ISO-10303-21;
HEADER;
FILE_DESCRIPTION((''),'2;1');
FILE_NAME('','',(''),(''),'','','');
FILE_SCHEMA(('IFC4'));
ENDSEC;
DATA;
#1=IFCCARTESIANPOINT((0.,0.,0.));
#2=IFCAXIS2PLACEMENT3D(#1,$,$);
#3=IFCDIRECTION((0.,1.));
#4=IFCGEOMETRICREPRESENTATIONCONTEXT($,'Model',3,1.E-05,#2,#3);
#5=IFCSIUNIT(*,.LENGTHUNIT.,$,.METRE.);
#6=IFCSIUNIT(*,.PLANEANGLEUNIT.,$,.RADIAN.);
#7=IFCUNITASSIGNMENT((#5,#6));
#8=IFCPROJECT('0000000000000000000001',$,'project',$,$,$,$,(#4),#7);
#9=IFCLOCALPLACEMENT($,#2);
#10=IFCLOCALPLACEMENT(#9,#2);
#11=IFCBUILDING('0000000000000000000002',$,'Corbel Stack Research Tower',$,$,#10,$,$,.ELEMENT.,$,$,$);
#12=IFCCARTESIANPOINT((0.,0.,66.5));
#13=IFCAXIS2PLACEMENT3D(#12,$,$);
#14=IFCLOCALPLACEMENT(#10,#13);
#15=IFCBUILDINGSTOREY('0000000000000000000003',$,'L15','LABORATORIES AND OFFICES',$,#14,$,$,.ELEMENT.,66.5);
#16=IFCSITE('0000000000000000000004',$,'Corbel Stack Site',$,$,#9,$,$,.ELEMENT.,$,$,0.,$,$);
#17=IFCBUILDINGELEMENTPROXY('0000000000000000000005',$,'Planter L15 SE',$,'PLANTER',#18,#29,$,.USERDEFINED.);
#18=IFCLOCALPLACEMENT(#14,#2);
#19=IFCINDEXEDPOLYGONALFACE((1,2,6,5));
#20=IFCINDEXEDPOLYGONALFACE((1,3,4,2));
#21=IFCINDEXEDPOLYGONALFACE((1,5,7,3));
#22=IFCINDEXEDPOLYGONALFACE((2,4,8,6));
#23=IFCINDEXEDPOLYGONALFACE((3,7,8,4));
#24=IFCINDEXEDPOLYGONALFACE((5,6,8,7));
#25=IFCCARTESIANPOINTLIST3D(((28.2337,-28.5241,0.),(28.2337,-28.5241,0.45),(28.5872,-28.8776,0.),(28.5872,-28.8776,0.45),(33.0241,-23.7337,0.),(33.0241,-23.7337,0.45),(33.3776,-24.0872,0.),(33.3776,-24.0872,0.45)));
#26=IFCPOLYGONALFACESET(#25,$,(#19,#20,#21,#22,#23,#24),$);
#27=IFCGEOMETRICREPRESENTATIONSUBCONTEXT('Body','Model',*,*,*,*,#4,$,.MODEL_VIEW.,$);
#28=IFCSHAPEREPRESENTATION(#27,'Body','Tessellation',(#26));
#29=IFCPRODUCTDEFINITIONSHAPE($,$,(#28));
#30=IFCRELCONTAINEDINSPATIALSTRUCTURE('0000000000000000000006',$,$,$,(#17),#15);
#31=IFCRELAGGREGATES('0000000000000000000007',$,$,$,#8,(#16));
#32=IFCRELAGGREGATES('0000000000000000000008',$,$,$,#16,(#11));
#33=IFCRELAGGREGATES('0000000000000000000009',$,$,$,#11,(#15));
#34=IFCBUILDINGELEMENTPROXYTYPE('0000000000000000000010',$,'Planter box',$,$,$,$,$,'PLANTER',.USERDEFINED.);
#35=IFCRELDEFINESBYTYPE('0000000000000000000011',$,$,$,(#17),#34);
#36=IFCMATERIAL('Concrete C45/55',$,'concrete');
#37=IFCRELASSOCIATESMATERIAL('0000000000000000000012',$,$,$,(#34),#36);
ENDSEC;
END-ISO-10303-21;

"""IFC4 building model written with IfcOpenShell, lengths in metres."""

from ifc_helpers import new_model, si_unit, direction, frame, origin, origin_2d, place, context, subcontext, project, spatial, rectangle, extrude, material, type_object, element, save


model = new_model("IFC4")

# Units and contexts
model_context = context("Model", 3, precision=1e-05, world=origin(), true_north=direction((0.0, 1.0)))
body_context = subcontext(model_context, "Body", "Model", "MODEL_VIEW")
ifc_project = project(units=[si_unit("LENGTHUNIT", "METRE"), si_unit("PLANEANGLEUNIT", "RADIAN")], contexts=[model_context])

# Site, building, storey
site_placement = place(None, origin())
site = spatial("IfcSite", under=ifc_project, at=site_placement, Name="Corbel Stack Site", CompositionType="ELEMENT", RefElevation=0.0)
building_placement = place(site_placement, origin())
building = spatial("IfcBuilding", under=site, at=building_placement, Name="Corbel Stack Research Tower", CompositionType="ELEMENT")
storey_placement = place(building_placement, frame((0.0, 0.0, 66.5)))
storey = spatial("IfcBuildingStorey", under=building, at=storey_placement, Name="L15", Description="LABORATORIES AND OFFICES", CompositionType="ELEMENT", Elevation=66.5)

# Building element proxy
ifc_material_1 = material(Name="Concrete C45/55", Category="concrete")
building_element_proxy_type = type_object("IfcBuildingElementProxyType", Name="Planter box", ElementType="PLANTER", PredefinedType="USERDEFINED", material=ifc_material_1)
proxy_placement = place(storey_placement, frame((30.8057, -26.3057, 0.0), z_axis=(0.0, 0.0, 1.0), x_axis=(0.707107, 0.707107, 0.0)))
element("IfcBuildingElementProxy", 1, at=proxy_placement, inside=storey, type_object=building_element_proxy_type, Name="Planter L15 SE", ObjectType="PLANTER", PredefinedType="USERDEFINED", context=body_context, shape_type="SweptSolid", body=[
    extrude(rectangle(XDim=6.7747, YDim=0.5, at=origin_2d()), origin(), (0.0, 0.0, 1.0), 0.45),
])

save(model, "model.ifc")
